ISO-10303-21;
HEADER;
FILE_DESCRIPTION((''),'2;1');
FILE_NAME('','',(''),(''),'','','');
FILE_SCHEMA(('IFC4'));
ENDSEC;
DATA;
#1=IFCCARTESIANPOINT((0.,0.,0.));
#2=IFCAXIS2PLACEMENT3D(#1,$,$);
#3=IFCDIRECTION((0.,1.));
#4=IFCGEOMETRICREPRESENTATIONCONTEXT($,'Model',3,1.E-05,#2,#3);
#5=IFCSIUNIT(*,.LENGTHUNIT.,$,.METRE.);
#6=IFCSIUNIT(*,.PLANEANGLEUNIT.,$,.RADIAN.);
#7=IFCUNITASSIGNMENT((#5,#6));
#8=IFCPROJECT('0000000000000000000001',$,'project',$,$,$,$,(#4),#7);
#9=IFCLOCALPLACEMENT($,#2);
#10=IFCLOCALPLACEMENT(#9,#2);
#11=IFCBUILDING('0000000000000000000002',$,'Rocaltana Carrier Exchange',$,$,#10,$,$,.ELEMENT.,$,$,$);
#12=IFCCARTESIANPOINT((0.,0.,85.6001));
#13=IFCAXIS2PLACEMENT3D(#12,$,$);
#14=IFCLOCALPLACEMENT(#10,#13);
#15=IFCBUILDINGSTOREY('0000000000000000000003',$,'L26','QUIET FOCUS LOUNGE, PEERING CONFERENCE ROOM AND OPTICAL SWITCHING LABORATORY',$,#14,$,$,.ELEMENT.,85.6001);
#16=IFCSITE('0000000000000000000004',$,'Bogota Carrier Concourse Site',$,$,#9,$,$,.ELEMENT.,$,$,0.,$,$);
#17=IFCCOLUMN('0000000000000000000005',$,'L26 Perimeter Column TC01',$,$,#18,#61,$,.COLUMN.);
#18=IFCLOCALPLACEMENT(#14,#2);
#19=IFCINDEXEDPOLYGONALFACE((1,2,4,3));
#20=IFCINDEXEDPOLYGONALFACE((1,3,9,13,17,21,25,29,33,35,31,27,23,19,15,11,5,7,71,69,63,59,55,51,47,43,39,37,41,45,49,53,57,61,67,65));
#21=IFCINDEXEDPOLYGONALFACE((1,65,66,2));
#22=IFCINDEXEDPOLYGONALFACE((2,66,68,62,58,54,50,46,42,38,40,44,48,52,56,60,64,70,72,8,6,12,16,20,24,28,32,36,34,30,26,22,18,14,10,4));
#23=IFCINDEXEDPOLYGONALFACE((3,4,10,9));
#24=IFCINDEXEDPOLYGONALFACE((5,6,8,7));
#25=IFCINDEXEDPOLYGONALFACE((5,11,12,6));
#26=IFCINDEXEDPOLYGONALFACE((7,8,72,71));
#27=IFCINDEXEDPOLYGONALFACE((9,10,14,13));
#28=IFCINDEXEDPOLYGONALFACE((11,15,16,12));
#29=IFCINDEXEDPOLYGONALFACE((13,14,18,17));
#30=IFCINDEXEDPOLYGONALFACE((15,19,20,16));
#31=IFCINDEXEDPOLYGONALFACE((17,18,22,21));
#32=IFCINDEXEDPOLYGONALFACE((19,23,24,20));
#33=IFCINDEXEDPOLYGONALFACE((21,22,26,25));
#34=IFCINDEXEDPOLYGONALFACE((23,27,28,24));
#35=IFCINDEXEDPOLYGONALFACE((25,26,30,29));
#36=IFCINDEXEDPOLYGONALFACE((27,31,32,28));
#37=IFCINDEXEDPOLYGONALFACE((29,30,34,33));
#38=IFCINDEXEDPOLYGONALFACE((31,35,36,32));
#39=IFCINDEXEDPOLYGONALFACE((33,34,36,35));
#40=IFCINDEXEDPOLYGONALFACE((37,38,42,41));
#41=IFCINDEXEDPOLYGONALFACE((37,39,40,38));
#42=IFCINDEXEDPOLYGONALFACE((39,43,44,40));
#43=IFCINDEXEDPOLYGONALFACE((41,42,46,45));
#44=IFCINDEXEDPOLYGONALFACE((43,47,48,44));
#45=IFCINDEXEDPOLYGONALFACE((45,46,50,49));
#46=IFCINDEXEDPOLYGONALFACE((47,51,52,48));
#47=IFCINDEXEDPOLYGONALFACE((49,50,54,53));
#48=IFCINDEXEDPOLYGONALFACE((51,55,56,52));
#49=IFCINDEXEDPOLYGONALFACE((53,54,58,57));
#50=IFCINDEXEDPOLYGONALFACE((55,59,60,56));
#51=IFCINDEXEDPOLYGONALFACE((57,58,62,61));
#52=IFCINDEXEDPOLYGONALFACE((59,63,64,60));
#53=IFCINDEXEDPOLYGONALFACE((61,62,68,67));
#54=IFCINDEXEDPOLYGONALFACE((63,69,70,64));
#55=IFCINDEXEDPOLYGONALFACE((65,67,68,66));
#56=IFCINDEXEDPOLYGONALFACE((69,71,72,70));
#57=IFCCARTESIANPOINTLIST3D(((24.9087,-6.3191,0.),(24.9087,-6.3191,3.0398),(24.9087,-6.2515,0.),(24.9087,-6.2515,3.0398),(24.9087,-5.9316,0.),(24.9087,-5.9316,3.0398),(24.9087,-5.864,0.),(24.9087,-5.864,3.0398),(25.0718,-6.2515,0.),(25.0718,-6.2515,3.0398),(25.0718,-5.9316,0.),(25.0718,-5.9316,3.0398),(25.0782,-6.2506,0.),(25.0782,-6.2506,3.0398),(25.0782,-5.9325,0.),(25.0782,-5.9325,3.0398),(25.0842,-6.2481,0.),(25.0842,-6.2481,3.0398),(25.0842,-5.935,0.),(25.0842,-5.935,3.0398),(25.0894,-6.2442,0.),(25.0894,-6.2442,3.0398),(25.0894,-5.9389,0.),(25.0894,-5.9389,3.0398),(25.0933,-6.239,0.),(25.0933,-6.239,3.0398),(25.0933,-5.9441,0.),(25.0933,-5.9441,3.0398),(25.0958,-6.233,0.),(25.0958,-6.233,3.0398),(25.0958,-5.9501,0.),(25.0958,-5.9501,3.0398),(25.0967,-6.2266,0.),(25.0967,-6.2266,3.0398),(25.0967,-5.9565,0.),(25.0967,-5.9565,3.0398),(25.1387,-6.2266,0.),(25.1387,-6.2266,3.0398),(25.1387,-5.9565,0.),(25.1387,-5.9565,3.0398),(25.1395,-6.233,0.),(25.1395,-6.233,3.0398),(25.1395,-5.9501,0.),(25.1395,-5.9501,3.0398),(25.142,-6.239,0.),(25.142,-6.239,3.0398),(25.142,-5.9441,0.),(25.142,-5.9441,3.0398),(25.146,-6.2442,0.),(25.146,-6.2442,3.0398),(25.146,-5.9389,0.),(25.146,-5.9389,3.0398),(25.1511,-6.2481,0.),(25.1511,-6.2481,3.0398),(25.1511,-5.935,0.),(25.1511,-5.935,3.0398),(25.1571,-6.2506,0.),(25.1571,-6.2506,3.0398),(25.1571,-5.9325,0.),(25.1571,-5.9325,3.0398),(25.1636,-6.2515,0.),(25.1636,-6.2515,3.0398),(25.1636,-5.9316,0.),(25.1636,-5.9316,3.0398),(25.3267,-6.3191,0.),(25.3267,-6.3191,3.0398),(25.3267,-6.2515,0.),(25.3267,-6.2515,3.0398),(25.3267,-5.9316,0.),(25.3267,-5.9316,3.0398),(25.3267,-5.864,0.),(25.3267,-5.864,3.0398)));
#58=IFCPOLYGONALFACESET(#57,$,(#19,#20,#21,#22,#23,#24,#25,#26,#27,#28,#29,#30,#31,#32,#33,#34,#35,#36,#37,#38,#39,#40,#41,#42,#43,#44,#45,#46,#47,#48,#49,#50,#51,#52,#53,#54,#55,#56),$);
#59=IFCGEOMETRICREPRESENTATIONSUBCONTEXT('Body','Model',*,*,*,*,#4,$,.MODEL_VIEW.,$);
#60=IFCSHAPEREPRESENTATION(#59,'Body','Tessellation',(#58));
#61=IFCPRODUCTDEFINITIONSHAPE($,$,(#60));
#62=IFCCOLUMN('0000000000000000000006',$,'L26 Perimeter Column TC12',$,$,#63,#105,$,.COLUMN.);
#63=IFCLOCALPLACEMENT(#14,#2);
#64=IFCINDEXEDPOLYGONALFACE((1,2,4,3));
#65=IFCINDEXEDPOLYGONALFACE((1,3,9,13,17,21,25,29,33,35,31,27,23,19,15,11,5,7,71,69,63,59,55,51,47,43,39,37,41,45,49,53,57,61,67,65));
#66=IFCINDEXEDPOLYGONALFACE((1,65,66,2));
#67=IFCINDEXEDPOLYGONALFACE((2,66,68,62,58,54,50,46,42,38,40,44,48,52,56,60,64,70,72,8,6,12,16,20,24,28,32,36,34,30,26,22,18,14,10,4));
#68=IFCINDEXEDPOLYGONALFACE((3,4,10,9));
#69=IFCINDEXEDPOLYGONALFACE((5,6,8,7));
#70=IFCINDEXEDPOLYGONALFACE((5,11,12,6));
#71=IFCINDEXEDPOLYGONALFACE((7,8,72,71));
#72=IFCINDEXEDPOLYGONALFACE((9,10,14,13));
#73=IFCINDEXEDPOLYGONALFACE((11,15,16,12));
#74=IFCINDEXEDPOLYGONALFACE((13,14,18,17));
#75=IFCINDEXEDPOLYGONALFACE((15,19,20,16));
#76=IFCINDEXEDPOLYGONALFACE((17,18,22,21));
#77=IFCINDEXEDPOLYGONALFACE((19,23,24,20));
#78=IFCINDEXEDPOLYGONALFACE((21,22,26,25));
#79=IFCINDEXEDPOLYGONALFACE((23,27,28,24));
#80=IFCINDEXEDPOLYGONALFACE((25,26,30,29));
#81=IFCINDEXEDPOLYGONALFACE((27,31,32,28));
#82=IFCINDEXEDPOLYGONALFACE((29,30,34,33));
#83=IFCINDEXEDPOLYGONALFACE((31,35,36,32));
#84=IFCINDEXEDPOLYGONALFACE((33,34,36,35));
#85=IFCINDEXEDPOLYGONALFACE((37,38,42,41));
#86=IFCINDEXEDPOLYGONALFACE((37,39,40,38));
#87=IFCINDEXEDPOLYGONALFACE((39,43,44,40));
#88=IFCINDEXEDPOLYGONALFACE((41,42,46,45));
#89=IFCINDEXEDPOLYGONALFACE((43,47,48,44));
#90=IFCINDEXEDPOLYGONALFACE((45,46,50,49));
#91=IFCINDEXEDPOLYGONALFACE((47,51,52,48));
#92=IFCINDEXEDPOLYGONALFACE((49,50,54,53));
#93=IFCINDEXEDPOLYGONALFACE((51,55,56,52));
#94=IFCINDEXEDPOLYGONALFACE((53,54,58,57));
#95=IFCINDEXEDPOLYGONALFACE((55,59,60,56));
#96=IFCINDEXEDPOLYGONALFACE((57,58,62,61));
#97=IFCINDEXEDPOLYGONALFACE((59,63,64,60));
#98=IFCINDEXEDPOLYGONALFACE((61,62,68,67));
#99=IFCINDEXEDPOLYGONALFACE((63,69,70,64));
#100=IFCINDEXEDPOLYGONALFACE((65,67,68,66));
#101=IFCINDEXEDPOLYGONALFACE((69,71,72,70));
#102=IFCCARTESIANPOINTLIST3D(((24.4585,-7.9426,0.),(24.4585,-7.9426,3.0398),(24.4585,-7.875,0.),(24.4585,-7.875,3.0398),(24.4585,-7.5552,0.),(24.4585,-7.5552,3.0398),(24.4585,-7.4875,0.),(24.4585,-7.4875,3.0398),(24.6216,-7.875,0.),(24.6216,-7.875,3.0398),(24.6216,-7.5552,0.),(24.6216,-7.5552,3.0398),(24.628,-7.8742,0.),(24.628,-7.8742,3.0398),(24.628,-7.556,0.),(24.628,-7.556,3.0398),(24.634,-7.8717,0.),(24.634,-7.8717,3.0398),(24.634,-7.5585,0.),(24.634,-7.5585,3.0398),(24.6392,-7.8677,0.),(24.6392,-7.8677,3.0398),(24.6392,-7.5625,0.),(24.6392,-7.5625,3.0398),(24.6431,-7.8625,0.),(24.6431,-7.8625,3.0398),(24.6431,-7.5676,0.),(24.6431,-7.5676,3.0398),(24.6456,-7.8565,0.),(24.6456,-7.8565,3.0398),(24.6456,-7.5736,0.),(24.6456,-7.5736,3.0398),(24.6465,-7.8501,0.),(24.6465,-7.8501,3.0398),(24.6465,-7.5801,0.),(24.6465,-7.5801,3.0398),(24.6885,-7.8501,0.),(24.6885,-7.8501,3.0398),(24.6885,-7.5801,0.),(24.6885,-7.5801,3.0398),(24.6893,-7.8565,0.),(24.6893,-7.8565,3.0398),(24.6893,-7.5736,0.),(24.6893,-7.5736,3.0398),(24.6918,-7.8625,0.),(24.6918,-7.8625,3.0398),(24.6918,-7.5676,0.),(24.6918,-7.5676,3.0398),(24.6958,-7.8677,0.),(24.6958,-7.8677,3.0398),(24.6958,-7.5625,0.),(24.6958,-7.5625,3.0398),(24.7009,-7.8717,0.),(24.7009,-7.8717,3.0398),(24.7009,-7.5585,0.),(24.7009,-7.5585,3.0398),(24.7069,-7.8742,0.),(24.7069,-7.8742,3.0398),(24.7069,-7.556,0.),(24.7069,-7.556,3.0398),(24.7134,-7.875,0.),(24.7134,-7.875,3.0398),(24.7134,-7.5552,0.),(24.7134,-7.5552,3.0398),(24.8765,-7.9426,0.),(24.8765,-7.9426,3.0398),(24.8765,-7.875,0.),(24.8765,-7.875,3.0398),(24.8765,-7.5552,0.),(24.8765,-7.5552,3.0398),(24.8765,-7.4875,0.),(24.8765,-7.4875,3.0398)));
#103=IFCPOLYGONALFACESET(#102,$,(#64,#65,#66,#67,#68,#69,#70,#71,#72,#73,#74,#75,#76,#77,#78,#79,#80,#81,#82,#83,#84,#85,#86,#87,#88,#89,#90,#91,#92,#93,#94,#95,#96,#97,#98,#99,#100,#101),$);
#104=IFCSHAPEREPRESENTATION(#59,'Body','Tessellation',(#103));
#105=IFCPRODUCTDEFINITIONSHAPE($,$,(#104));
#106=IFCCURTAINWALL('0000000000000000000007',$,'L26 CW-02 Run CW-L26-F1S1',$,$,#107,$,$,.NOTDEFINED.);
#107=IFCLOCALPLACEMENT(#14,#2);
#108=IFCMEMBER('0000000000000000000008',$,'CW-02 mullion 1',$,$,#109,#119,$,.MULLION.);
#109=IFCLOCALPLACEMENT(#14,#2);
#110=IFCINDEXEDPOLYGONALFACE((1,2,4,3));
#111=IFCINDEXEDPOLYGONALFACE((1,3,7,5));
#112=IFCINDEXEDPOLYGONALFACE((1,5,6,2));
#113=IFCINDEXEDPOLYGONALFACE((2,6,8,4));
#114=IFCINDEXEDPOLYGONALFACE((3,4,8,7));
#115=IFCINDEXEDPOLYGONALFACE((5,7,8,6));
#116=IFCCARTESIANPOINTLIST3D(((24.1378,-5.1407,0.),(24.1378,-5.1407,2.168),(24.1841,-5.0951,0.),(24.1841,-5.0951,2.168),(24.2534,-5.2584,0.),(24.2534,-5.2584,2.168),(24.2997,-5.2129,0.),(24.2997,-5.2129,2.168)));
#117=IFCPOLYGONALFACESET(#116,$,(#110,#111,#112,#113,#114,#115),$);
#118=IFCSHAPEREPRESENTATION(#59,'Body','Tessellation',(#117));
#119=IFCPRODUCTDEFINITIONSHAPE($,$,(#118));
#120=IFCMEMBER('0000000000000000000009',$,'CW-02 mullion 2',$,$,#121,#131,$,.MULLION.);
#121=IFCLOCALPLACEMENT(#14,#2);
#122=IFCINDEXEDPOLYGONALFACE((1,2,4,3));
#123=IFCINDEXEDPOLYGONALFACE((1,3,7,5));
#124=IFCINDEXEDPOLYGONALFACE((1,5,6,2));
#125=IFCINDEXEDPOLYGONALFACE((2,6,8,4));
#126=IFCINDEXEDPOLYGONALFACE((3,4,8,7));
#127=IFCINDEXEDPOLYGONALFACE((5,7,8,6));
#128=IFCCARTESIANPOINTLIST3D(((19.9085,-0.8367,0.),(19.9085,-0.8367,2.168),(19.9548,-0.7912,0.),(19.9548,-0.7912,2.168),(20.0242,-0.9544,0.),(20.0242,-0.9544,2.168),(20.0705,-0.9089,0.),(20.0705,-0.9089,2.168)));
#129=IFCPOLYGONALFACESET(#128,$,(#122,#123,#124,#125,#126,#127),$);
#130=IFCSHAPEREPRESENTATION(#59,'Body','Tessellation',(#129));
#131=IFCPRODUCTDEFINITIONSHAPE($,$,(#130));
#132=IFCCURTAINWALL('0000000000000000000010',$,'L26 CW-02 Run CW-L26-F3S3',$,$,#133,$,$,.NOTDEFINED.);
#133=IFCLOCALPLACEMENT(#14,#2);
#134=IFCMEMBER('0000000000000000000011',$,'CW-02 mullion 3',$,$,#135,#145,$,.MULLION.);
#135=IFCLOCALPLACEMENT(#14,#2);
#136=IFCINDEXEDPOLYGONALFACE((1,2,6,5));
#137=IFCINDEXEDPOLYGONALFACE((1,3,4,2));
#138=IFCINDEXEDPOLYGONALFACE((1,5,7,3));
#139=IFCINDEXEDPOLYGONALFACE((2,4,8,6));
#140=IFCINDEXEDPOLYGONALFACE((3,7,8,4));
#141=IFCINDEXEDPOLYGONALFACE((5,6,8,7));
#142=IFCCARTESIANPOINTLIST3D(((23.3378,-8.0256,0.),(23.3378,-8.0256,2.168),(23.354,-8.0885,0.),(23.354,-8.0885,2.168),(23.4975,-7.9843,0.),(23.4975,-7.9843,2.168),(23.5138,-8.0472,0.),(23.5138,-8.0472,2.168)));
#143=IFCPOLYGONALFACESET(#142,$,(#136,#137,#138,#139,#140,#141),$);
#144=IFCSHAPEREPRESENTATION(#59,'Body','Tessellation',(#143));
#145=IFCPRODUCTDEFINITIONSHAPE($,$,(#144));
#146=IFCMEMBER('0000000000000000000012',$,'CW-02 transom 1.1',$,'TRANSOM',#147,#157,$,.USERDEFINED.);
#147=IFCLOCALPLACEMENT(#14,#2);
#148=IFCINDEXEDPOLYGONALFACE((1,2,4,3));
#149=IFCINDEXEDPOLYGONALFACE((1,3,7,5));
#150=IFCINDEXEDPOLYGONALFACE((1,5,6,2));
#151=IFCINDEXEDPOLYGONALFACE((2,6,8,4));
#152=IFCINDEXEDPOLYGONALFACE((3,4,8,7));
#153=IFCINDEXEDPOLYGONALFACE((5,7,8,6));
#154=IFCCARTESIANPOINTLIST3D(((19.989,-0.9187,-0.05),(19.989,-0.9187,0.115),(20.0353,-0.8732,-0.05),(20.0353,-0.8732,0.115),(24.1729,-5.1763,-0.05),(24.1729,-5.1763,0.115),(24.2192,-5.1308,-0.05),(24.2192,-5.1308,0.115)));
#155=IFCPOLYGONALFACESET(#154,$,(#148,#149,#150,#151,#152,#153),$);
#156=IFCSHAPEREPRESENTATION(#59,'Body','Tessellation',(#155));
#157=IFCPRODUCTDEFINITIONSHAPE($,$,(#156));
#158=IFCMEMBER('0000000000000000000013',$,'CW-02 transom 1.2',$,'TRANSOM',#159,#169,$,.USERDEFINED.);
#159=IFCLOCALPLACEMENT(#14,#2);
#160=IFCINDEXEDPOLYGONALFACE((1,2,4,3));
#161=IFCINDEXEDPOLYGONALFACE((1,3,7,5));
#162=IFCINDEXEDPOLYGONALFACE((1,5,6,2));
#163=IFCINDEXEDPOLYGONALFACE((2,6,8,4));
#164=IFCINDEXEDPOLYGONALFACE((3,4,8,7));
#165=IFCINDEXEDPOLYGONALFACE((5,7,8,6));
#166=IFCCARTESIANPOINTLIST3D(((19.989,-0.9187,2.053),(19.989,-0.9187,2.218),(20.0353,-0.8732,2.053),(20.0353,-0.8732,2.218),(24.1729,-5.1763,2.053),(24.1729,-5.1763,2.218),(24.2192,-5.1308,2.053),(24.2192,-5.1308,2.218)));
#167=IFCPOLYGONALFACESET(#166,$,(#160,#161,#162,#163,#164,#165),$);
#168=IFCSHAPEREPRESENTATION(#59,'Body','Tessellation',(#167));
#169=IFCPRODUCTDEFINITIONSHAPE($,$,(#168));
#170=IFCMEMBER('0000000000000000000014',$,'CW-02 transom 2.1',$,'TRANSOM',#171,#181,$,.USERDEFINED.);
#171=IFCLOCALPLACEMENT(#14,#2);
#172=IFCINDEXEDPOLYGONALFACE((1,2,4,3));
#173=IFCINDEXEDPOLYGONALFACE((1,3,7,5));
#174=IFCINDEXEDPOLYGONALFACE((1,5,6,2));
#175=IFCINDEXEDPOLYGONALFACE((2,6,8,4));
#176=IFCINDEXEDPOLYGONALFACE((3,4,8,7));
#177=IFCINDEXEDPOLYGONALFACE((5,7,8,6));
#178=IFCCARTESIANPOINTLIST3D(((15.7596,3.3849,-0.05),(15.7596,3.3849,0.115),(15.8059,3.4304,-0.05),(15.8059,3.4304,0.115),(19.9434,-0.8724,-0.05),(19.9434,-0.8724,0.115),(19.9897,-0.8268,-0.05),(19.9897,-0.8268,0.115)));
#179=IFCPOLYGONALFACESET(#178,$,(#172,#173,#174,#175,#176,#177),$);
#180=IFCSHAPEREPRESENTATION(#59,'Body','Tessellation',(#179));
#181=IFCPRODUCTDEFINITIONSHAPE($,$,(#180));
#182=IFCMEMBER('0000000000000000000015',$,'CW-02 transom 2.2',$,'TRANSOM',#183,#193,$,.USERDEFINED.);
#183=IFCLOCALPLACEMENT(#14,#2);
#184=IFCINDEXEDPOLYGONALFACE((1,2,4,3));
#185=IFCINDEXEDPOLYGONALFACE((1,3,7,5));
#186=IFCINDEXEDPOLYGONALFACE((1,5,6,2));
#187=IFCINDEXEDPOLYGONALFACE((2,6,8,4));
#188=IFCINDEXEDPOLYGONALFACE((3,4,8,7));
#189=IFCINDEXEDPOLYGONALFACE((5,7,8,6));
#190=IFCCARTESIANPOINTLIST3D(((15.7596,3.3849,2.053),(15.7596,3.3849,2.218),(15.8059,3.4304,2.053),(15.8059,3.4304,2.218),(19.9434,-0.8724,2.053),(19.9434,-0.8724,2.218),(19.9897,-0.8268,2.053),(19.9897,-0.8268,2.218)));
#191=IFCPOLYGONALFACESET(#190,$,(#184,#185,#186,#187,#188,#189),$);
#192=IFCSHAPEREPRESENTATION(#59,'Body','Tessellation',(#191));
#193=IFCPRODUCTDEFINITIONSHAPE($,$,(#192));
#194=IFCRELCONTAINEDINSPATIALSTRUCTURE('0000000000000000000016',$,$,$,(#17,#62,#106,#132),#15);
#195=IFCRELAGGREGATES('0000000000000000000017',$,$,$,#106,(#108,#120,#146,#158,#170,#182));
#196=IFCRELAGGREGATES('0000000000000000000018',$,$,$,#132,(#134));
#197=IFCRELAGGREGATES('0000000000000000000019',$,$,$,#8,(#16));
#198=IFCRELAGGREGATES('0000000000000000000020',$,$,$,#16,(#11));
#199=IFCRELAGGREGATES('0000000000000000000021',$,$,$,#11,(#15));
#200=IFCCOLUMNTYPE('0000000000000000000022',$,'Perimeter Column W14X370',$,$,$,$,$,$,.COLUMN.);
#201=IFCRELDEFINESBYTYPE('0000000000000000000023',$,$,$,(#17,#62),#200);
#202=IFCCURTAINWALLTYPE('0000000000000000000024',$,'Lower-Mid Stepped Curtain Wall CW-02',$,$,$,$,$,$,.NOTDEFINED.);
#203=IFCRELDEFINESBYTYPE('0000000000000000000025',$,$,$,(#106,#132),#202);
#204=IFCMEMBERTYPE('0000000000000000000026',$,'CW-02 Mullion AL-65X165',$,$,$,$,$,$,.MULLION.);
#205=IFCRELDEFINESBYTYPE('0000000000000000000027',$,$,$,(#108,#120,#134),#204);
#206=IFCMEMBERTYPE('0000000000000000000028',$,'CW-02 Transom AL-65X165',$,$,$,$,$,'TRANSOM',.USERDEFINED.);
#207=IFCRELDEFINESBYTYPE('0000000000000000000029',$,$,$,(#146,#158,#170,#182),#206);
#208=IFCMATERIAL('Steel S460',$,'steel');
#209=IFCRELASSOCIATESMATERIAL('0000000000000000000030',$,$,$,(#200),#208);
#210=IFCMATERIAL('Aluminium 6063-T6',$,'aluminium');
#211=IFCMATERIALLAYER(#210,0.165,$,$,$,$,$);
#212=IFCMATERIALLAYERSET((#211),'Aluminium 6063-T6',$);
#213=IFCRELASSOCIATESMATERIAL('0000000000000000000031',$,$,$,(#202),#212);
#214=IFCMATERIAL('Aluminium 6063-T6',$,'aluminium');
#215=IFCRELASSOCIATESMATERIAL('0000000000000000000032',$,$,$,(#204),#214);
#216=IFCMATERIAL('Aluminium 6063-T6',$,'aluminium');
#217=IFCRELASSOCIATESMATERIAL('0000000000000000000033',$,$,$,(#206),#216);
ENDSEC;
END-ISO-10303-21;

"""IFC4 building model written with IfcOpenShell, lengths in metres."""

from ifc_helpers import new_model, si_unit, direction, frame, origin, origin_2d, place, context, subcontext, project, spatial, rectangle, i_section, extrude, material, layer, layer_set, material_profile, profile_set, type_object, element, aggregate, save


model = new_model("IFC4")

# Units and contexts
model_context = context("Model", 3, precision=1e-05, world=origin(), true_north=direction((0.0, 1.0)))
body_context = subcontext(model_context, "Body", "Model", "MODEL_VIEW")
ifc_project = project(units=[si_unit("LENGTHUNIT", "METRE"), si_unit("PLANEANGLEUNIT", "RADIAN")], contexts=[model_context])

# Site, building, storey
site_placement = place(None, origin())
site = spatial("IfcSite", under=ifc_project, at=site_placement, Name="Bogota Carrier Concourse Site", CompositionType="ELEMENT", RefElevation=0.0)
building_placement = place(site_placement, origin())
building = spatial("IfcBuilding", under=site, at=building_placement, Name="Rocaltana Carrier Exchange", CompositionType="ELEMENT")
storey_placement = place(building_placement, frame((0.0, 0.0, 85.6001)))
storey = spatial("IfcBuildingStorey", under=building, at=storey_placement, Name="L26", Description="QUIET FOCUS LOUNGE, PEERING CONFERENCE ROOM AND OPTICAL SWITCHING LABORATORY", CompositionType="ELEMENT", Elevation=85.6001)

# Columns
ifc_material_1 = material(Name="Steel S460", Category="steel")
ifc_material_profile_1 = material_profile(ifc_material_1, i_section(OverallWidth=0.418, OverallDepth=0.4551, WebThickness=0.042, FlangeThickness=0.0676, FilletRadius=0.0249, at=origin_2d()), Name="W14X370")
ifc_profile_set_1 = profile_set([ifc_material_profile_1], Name="Steel S460")
column_type = type_object("IfcColumnType", Name="Perimeter Column W14X370", PredefinedType="COLUMN", material=ifc_profile_set_1)
for number, where, z_axis, x_axis, name in (
    (1, (25.1177, -6.0916, 0.0), (0.0, 0.0, 1.0), (1.0, 0.0, 0.0), "L26 Perimeter Column TC01"),
    (2, (24.6675, -7.7151, 0.0), (0.0, 0.0, 1.0), (1.0, 0.0, 0.0), "L26 Perimeter Column TC12"),
):
    element("IfcColumn", number, at=place(storey_placement, frame(where, z_axis=z_axis, x_axis=x_axis)), inside=storey, type_object=column_type, Name=name, PredefinedType="COLUMN", context=body_context, shape_type="SweptSolid", body=[
        extrude(i_section(OverallWidth=0.418, OverallDepth=0.4551, WebThickness=0.042, FlangeThickness=0.0676, FilletRadius=0.0249, at=origin_2d()), origin(), (0.0, 0.0, 1.0), 3.0398),
    ])

# Curtain wall, members
ifc_material_2 = material(Name="Aluminium 6063-T6", Category="aluminium")
ifc_layer_1 = layer(ifc_material_2, 0.165)
ifc_layer_set_1 = layer_set([ifc_layer_1], Name="Aluminium 6063-T6")
curtain_wall_type = type_object("IfcCurtainWallType", Name="Lower-Mid Stepped Curtain Wall CW-02", PredefinedType="NOTDEFINED", material=ifc_layer_set_1)
curtain_wall_1_placement = place(storey_placement, origin())
curtain_wall_1 = element("IfcCurtainWall", 3, at=curtain_wall_1_placement, inside=storey, type_object=curtain_wall_type, Name="L26 CW-02 Run CW-L26-F1S1", PredefinedType="NOTDEFINED")
ifc_material_3 = material(Name="Aluminium 6063-T6", Category="aluminium")
ifc_material_profile_2 = material_profile(ifc_material_3, rectangle(XDim=0.0649, YDim=0.165, at=origin_2d()), Name="AL-65X165")
ifc_profile_set_2 = profile_set([ifc_material_profile_2], Name="Aluminium 6063-T6")
member_type_1 = type_object("IfcMemberType", Name="CW-02 Mullion AL-65X165", PredefinedType="MULLION", material=ifc_profile_set_2)
member_1_placement = place(storey_placement, frame((24.2188, -5.1768, 0.0), z_axis=(0.0, 0.0, 1.0), x_axis=(-0.713245, -0.700915, 0.0)))
member_1 = element("IfcMember", 4, at=member_1_placement, type_object=member_type_1, Name="CW-02 mullion 1", PredefinedType="MULLION", context=body_context, shape_type="SweptSolid", body=[
    extrude(rectangle(XDim=0.0649, YDim=0.165, at=origin_2d()), origin(), (0.0, 0.0, 1.0), 2.168),
])
member_2_placement = place(storey_placement, frame((19.9895, -0.8728, 0.0), z_axis=(0.0, 0.0, 1.0), x_axis=(-0.713245, -0.700915, 0.0)))
member_2 = element("IfcMember", 5, at=member_2_placement, type_object=member_type_1, Name="CW-02 mullion 2", PredefinedType="MULLION", context=body_context, shape_type="SweptSolid", body=[
    extrude(rectangle(XDim=0.0649, YDim=0.165, at=origin_2d()), origin(), (0.0, 0.0, 1.0), 2.168),
])

# Curtain wall, member
curtain_wall_2_placement = place(storey_placement, origin())
curtain_wall_2 = element("IfcCurtainWall", 6, at=curtain_wall_2_placement, inside=storey, type_object=curtain_wall_type, Name="L26 CW-02 Run CW-L26-F3S3", PredefinedType="NOTDEFINED")
member_3_placement = place(storey_placement, frame((23.4258, -8.0364, 0.0), z_axis=(0.0, 0.0, 1.0), x_axis=(-0.25037, 0.96815, 0.0)))
member_3 = element("IfcMember", 7, at=member_3_placement, type_object=member_type_1, Name="CW-02 mullion 3", PredefinedType="MULLION", context=body_context, shape_type="SweptSolid", body=[
    extrude(rectangle(XDim=0.0649, YDim=0.165, at=origin_2d()), origin(), (0.0, 0.0, 1.0), 2.168),
])

# Members
ifc_material_4 = material(Name="Aluminium 6063-T6", Category="aluminium")
ifc_material_profile_3 = material_profile(ifc_material_4, rectangle(XDim=0.0649, YDim=0.165, at=origin_2d()), Name="AL-65X165")
ifc_profile_set_3 = profile_set([ifc_material_profile_3], Name="Aluminium 6063-T6")
member_type_2 = type_object("IfcMemberType", Name="CW-02 Transom AL-65X165", ElementType="TRANSOM", PredefinedType="USERDEFINED", material=ifc_profile_set_3)
member_4_placement = place(storey_placement, frame((24.196, -5.1536, 0.0325), z_axis=(-0.700904, 0.713256, 0.0), x_axis=(-0.713256, -0.700904, 0.0)))
member_4 = element("IfcMember", 8, at=member_4_placement, type_object=member_type_2, Name="CW-02 transom 1.1", ObjectType="TRANSOM", PredefinedType="USERDEFINED", context=body_context, shape_type="SweptSolid", body=[
    extrude(rectangle(XDim=0.0649, YDim=0.165, at=origin_2d()), origin(), (0.0, 0.0, 1.0), 5.9692),
])
member_5_placement = place(storey_placement, frame((24.196, -5.1536, 2.1355), z_axis=(-0.700904, 0.713256, 0.0), x_axis=(-0.713256, -0.700904, 0.0)))
member_5 = element("IfcMember", 9, at=member_5_placement, type_object=member_type_2, Name="CW-02 transom 1.2", ObjectType="TRANSOM", PredefinedType="USERDEFINED", context=body_context, shape_type="SweptSolid", body=[
    extrude(rectangle(XDim=0.0649, YDim=0.165, at=origin_2d()), origin(), (0.0, 0.0, 1.0), 5.9692),
])
member_6_placement = place(storey_placement, frame((19.9666, -0.8496, 0.0325), z_axis=(-0.700924, 0.713236, 0.0), x_axis=(-0.713236, -0.700924, 0.0)))
member_6 = element("IfcMember", 10, at=member_6_placement, type_object=member_type_2, Name="CW-02 transom 2.1", ObjectType="TRANSOM", PredefinedType="USERDEFINED", context=body_context, shape_type="SweptSolid", body=[
    extrude(rectangle(XDim=0.0649, YDim=0.165, at=origin_2d()), origin(), (0.0, 0.0, 1.0), 5.969),
])
member_7_placement = place(storey_placement, frame((19.9666, -0.8496, 2.1355), z_axis=(-0.700924, 0.713236, 0.0), x_axis=(-0.713236, -0.700924, 0.0)))
member_7 = element("IfcMember", 11, at=member_7_placement, type_object=member_type_2, Name="CW-02 transom 2.2", ObjectType="TRANSOM", PredefinedType="USERDEFINED", context=body_context, shape_type="SweptSolid", body=[
    extrude(rectangle(XDim=0.0649, YDim=0.165, at=origin_2d()), origin(), (0.0, 0.0, 1.0), 5.969),
])

aggregate(curtain_wall_1, [member_1, member_2, member_4, member_5, member_6, member_7])
aggregate(curtain_wall_2, [member_3])

save(model, "model.ifc")
